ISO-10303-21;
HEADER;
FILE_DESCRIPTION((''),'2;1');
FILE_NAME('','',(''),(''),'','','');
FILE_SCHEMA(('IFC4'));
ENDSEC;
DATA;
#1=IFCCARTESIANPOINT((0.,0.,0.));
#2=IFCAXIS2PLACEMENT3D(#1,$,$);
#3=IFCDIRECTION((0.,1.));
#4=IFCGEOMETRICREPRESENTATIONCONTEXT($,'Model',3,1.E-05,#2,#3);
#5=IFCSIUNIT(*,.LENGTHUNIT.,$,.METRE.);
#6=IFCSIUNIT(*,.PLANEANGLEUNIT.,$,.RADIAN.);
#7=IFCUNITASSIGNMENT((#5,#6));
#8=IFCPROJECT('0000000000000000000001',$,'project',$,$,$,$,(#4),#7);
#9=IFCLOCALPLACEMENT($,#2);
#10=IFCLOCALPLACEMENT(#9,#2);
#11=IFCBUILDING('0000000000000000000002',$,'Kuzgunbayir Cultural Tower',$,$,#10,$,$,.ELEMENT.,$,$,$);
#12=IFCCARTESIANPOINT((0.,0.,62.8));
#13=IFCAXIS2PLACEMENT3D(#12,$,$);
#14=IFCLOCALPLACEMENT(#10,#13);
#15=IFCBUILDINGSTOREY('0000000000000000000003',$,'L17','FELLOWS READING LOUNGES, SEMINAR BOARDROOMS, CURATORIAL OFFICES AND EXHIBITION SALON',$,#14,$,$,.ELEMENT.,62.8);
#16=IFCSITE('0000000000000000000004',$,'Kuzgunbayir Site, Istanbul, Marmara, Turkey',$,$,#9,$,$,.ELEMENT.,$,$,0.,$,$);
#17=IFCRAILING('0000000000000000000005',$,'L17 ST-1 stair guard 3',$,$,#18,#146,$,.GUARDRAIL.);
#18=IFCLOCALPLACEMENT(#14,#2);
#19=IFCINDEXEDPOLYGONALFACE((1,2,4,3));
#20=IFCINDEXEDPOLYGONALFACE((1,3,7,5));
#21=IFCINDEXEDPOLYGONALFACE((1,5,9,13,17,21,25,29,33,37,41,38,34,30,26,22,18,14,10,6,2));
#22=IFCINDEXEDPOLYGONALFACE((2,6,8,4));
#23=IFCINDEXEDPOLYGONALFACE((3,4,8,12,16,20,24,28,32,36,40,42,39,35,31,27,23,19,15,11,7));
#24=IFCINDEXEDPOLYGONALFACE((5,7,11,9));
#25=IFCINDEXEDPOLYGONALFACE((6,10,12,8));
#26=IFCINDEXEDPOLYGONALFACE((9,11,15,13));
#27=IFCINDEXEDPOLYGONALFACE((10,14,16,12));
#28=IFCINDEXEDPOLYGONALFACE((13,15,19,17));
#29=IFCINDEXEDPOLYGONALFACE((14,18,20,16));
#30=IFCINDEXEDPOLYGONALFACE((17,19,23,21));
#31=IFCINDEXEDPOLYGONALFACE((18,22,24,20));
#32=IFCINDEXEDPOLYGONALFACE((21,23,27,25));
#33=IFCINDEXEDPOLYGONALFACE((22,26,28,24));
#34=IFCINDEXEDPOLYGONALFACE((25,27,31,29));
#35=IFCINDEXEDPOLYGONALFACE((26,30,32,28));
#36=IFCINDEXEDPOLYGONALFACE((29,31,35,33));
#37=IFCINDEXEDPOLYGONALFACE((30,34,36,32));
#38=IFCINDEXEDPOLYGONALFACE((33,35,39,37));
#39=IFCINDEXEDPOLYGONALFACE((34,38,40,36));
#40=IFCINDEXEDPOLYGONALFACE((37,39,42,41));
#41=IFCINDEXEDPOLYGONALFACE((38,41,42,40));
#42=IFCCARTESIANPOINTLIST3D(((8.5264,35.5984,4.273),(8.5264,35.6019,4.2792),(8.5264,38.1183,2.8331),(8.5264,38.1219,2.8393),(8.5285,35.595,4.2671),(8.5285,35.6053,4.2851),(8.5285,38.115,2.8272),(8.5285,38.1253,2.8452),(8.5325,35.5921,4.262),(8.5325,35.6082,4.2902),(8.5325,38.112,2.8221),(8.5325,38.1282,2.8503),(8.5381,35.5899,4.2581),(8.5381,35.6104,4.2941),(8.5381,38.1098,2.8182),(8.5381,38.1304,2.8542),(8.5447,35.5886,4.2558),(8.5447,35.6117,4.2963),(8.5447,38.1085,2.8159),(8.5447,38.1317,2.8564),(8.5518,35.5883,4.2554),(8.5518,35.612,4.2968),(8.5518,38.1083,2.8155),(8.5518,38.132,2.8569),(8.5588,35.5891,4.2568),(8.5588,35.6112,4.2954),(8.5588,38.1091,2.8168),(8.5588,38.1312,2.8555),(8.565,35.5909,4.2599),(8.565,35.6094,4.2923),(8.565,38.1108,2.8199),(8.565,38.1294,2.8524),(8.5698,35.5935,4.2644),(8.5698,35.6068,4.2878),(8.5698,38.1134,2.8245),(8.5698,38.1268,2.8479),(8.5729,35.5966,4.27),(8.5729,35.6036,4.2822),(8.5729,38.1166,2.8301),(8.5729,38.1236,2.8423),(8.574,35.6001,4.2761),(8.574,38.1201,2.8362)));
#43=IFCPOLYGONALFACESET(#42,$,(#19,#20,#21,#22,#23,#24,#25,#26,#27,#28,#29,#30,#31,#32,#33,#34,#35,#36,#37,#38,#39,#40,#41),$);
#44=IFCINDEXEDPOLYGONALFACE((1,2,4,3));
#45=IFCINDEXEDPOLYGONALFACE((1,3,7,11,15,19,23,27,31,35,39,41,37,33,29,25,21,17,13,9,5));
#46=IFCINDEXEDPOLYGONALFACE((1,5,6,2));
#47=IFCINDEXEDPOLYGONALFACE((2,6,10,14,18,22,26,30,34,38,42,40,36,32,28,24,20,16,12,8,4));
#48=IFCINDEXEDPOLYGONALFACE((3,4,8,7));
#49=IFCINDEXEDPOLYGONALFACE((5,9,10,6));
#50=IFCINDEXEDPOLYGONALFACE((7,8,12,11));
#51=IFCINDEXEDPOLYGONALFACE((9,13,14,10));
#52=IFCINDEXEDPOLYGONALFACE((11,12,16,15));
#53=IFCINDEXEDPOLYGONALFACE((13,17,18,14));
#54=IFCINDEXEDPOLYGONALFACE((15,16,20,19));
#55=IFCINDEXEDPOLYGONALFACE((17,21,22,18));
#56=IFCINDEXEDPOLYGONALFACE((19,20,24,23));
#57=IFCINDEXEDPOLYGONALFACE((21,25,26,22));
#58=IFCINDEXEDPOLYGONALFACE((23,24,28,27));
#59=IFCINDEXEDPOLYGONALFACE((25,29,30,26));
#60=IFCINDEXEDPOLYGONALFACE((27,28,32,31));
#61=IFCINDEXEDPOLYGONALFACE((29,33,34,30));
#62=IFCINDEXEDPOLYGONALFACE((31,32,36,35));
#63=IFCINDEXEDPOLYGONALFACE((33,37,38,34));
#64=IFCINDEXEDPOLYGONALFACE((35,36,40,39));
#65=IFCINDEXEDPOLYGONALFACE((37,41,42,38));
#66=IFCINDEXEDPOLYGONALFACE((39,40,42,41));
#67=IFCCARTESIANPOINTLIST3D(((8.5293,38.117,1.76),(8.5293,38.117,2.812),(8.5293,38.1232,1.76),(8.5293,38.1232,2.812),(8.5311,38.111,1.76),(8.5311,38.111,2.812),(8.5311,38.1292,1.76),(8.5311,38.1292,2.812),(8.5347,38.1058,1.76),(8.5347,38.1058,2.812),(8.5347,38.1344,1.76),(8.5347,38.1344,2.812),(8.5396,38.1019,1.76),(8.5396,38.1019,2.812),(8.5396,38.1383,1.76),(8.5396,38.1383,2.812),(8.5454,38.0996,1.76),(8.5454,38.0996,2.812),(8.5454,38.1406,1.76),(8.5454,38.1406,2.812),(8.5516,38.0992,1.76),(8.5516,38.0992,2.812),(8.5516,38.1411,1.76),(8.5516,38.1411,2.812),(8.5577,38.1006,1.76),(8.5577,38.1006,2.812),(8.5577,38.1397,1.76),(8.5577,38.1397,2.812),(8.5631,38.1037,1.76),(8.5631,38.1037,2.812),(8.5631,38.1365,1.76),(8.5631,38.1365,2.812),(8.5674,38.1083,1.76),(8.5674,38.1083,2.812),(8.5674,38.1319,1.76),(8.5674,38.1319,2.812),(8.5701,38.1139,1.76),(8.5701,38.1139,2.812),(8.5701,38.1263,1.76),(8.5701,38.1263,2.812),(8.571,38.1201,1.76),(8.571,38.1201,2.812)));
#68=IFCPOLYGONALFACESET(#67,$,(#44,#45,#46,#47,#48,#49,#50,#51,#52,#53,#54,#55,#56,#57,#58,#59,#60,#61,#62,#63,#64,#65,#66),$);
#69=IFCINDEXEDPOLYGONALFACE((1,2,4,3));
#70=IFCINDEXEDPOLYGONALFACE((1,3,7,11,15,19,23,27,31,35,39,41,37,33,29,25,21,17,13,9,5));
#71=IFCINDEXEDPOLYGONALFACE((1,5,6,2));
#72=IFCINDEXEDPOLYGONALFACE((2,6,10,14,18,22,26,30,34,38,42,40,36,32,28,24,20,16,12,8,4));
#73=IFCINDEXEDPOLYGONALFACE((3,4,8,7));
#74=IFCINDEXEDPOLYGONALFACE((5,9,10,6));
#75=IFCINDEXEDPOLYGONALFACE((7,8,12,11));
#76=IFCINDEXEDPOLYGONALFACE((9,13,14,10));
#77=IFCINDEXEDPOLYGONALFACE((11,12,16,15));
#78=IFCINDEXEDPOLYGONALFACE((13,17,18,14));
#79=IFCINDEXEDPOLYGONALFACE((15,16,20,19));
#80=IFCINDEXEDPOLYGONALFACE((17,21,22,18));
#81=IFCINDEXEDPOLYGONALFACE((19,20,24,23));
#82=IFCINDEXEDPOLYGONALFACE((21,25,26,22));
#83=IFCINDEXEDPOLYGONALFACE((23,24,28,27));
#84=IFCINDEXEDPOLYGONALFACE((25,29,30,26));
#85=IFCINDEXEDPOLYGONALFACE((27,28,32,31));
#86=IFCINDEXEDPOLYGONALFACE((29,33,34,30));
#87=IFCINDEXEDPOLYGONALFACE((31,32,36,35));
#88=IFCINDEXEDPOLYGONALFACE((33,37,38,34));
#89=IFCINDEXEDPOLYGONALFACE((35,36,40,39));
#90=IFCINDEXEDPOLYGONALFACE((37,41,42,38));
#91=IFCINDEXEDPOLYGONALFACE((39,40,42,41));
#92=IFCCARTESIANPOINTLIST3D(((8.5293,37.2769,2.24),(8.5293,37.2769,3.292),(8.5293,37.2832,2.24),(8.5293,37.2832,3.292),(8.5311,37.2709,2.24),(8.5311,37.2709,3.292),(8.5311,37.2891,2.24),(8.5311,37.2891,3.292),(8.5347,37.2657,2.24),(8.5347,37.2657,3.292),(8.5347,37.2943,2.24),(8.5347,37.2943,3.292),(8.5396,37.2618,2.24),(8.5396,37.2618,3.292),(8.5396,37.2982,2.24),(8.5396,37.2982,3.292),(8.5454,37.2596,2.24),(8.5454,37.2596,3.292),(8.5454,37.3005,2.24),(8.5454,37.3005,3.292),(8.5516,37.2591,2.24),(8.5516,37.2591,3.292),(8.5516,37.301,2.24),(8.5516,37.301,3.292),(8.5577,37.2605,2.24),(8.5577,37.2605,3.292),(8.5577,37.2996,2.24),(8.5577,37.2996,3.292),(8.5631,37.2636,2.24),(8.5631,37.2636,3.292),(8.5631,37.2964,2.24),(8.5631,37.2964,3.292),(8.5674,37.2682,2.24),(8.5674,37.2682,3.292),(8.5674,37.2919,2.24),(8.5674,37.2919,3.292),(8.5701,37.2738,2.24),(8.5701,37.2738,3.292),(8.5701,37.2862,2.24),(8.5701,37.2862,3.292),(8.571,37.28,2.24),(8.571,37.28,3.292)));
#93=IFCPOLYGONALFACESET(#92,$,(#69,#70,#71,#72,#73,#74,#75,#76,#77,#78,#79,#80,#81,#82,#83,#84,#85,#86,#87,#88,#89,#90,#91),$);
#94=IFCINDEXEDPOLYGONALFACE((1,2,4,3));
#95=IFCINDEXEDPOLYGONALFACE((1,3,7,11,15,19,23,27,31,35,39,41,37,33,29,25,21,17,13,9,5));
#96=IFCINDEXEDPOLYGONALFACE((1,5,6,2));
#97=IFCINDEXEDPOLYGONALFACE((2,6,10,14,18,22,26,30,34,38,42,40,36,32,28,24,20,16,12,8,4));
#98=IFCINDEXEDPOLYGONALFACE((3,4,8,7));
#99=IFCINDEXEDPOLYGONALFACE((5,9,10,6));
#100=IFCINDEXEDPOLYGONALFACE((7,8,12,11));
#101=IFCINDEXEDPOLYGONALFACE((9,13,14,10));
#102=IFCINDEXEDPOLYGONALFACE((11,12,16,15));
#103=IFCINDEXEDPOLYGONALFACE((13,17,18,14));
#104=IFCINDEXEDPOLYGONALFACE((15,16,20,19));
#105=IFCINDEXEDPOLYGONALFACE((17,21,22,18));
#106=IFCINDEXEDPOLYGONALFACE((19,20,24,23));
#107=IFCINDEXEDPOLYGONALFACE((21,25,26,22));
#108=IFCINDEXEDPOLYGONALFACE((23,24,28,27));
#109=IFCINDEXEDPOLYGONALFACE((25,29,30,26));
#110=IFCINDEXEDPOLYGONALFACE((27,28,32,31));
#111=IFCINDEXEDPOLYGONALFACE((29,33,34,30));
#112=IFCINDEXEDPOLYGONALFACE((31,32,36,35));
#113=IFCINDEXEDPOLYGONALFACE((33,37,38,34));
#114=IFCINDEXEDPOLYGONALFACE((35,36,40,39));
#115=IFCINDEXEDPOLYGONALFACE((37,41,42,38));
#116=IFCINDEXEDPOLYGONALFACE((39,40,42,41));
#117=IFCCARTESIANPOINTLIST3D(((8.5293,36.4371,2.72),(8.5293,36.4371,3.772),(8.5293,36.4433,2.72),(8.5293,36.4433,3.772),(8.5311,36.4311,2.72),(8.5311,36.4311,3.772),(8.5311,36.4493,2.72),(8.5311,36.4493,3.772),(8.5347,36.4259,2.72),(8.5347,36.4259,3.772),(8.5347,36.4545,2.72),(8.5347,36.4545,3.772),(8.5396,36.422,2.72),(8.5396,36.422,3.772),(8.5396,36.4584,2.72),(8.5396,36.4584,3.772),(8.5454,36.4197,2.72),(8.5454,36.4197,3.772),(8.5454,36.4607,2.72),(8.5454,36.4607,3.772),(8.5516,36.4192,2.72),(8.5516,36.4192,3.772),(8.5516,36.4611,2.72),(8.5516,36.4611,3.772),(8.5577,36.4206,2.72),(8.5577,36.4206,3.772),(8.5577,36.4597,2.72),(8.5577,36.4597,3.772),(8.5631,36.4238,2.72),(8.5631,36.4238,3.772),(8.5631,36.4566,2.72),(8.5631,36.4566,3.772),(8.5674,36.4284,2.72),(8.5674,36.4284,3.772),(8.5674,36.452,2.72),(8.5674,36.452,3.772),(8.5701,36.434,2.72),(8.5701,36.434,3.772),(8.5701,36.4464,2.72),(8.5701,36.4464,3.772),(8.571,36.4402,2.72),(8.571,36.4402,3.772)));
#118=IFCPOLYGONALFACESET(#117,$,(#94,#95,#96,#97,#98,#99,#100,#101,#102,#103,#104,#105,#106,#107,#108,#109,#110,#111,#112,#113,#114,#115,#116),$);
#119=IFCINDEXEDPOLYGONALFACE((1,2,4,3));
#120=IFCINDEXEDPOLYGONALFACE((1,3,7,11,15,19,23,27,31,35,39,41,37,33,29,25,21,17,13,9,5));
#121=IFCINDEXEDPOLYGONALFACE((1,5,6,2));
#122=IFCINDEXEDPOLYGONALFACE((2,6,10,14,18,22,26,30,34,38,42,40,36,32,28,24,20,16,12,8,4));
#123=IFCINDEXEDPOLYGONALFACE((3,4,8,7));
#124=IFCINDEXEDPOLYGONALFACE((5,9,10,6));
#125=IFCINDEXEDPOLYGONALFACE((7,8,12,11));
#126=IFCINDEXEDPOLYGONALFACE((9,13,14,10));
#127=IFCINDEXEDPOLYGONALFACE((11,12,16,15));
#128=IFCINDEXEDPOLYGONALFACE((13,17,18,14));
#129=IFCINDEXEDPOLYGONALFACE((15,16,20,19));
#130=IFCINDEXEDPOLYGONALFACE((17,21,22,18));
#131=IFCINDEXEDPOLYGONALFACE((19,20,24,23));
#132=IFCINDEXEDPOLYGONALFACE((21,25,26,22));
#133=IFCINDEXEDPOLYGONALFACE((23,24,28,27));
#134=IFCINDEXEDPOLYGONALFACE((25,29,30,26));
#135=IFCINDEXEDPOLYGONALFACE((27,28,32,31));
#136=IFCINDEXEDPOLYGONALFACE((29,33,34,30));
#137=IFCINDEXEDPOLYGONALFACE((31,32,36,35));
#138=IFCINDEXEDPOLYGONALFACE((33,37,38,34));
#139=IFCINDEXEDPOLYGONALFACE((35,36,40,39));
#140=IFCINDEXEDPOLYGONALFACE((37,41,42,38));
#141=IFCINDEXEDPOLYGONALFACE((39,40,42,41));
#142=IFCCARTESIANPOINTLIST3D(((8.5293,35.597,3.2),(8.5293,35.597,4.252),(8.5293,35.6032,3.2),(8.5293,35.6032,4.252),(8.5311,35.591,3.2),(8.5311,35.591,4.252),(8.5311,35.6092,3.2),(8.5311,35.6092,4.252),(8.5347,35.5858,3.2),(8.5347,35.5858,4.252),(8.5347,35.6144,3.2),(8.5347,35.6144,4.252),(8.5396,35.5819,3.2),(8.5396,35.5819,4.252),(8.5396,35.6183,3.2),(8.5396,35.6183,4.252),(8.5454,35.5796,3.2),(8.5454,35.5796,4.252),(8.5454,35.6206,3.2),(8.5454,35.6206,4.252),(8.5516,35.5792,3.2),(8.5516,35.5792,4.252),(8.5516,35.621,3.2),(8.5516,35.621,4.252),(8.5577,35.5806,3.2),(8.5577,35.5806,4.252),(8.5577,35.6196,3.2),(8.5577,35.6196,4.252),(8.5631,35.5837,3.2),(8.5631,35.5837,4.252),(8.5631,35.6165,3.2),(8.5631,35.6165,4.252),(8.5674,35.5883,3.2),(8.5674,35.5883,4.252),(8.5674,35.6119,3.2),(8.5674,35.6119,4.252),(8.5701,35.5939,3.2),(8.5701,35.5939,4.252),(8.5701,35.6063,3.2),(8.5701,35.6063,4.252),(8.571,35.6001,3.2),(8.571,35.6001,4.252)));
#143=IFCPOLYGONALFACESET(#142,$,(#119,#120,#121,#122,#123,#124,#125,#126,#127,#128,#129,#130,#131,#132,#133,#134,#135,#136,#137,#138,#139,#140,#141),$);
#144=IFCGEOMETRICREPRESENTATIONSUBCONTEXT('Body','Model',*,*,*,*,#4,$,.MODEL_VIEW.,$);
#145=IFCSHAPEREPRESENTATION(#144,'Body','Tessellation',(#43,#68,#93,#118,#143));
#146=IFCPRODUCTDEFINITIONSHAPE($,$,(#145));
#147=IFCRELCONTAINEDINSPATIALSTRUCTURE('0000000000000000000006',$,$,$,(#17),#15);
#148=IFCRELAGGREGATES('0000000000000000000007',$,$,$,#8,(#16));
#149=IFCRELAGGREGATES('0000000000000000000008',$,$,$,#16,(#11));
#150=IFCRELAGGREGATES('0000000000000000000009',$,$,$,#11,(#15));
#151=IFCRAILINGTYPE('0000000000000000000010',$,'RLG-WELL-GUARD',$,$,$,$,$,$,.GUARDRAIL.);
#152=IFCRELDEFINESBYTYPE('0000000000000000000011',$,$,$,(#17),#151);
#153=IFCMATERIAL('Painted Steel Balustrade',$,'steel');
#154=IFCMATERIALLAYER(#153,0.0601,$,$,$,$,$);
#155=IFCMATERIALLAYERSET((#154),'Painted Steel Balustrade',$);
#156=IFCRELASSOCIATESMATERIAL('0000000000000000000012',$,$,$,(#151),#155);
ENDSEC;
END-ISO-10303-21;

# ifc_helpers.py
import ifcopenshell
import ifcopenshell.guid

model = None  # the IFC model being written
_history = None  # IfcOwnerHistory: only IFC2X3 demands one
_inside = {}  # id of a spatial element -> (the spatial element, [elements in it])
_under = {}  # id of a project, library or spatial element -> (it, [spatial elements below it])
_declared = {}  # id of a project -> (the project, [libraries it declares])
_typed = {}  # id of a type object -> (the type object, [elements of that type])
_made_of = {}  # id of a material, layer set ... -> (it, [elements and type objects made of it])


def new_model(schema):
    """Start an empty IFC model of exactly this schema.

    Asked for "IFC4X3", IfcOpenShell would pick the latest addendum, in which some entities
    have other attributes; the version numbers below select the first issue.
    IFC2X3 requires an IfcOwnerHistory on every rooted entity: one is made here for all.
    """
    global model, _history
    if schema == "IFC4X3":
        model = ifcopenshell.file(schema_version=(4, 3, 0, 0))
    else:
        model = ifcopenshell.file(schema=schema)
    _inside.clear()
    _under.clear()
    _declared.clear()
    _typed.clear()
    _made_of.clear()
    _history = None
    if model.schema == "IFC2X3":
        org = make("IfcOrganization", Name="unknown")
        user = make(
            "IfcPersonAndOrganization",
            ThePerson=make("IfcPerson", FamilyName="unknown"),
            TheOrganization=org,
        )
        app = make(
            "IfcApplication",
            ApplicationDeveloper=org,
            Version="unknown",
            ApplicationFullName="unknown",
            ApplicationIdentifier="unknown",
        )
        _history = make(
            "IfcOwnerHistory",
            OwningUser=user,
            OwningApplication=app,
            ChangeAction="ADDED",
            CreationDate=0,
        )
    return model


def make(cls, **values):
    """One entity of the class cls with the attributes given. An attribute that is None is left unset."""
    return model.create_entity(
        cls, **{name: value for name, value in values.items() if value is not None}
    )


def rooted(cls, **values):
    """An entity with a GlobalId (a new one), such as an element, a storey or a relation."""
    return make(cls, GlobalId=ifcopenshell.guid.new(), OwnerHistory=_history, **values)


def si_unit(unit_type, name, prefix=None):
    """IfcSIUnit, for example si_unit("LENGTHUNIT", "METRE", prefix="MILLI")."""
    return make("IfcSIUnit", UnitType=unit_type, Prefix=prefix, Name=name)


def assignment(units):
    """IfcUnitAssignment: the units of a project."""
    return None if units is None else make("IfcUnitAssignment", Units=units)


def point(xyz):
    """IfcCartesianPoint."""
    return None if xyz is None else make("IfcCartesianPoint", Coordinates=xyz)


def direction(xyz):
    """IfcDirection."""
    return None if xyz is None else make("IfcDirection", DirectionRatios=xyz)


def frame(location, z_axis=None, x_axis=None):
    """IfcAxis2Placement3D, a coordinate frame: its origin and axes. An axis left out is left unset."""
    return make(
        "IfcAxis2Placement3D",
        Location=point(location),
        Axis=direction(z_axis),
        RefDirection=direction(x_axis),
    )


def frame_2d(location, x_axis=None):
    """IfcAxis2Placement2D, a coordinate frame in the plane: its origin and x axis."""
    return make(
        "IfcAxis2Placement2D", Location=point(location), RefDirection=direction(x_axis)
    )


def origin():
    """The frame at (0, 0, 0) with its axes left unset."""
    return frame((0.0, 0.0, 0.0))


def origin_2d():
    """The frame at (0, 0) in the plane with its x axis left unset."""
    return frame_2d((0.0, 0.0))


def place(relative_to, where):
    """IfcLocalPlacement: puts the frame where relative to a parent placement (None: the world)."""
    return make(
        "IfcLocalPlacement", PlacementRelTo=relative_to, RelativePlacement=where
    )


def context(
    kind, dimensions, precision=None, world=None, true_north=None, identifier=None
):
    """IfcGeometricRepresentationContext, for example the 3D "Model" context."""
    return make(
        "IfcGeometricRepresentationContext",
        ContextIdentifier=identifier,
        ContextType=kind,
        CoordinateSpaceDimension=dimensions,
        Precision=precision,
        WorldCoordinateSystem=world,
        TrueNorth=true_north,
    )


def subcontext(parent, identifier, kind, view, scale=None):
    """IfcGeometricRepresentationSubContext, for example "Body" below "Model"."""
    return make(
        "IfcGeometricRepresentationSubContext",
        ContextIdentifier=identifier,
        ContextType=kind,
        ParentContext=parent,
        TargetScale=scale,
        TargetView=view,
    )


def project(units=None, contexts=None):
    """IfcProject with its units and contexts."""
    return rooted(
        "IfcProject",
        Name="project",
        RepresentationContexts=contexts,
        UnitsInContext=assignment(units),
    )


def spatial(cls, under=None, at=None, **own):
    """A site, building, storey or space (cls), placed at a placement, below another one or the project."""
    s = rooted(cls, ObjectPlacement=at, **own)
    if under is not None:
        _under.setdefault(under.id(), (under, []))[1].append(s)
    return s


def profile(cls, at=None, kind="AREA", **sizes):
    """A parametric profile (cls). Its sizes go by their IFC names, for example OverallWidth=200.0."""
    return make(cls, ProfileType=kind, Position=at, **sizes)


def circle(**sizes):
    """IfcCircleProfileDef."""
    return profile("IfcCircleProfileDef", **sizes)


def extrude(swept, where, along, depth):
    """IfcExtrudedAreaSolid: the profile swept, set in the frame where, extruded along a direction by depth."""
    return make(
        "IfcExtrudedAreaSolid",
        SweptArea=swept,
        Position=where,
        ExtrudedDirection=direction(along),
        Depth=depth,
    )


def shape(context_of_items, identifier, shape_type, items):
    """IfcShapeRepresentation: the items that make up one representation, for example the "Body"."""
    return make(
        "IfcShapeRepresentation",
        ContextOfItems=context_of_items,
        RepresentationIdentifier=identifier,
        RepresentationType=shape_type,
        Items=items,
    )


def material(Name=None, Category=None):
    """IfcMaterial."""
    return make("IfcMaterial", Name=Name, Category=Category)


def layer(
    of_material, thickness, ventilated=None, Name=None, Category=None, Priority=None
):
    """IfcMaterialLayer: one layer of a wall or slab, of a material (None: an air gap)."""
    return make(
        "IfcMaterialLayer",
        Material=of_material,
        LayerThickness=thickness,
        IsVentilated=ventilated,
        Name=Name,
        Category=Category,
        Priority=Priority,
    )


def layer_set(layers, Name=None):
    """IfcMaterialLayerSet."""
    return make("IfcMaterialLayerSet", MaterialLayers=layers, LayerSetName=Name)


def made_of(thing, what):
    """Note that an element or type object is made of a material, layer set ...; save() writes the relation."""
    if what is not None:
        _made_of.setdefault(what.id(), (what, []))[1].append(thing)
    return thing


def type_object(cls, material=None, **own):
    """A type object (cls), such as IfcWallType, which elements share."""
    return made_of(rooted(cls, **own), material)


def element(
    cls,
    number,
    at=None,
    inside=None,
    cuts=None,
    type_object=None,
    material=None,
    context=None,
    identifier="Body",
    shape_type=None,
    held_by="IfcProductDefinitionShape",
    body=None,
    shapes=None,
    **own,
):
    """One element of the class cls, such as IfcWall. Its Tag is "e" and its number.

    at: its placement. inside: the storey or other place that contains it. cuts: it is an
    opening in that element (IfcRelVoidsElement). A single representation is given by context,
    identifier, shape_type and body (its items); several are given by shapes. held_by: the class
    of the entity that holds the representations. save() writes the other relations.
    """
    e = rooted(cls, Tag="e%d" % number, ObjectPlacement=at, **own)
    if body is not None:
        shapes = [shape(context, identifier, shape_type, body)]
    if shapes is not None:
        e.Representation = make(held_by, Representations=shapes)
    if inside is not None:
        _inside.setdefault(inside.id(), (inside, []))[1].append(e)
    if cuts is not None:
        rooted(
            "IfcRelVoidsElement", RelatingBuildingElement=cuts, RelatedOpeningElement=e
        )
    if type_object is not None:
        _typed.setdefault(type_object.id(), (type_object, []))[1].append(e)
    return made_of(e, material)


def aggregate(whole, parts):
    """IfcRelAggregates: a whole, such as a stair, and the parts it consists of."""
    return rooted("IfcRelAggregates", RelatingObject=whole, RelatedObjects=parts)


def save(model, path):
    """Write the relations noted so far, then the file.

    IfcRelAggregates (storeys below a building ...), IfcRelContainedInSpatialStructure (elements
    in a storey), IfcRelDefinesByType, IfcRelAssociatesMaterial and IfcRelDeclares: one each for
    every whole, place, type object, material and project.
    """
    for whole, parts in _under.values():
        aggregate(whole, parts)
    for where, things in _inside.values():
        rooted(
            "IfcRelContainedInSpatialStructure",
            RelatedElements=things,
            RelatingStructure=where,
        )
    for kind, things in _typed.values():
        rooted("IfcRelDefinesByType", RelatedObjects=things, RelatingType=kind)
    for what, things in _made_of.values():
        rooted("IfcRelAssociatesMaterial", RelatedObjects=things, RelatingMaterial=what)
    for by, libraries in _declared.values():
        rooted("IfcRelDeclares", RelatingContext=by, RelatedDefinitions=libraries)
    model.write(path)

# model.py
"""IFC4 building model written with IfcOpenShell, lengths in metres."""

from ifc_helpers import new_model, si_unit, direction, frame, origin, origin_2d, place, context, subcontext, project, spatial, circle, extrude, material, layer, layer_set, type_object, element, save


model = new_model("IFC4")

# Units and contexts
model_context = context("Model", 3, precision=1e-05, world=origin(), true_north=direction((0.0, 1.0)))
body_context = subcontext(model_context, "Body", "Model", "MODEL_VIEW")
ifc_project = project(units=[si_unit("LENGTHUNIT", "METRE"), si_unit("PLANEANGLEUNIT", "RADIAN")], contexts=[model_context])

# Site, building, storey
site_placement = place(None, origin())
site = spatial("IfcSite", under=ifc_project, at=site_placement, Name="Kuzgunbayir Site, Istanbul, Marmara, Turkey", CompositionType="ELEMENT", RefElevation=0.0)
building_placement = place(site_placement, origin())
building = spatial("IfcBuilding", under=site, at=building_placement, Name="Kuzgunbayir Cultural Tower", CompositionType="ELEMENT")
storey_placement = place(building_placement, frame((0.0, 0.0, 62.8)))
storey = spatial("IfcBuildingStorey", under=building, at=storey_placement, Name="L17", Description="FELLOWS READING LOUNGES, SEMINAR BOARDROOMS, CURATORIAL OFFICES AND EXHIBITION SALON", CompositionType="ELEMENT", Elevation=62.8)

# Railing
ifc_material_1 = material(Name="Painted Steel Balustrade", Category="steel")
ifc_layer_1 = layer(ifc_material_1, 0.0601)
ifc_layer_set_1 = layer_set([ifc_layer_1], Name="Painted Steel Balustrade")
railing_type_1 = type_object("IfcRailingType", Name="RLG-WELL-GUARD", PredefinedType="GUARDRAIL", material=ifc_layer_set_1)
railing_1_placement = place(storey_placement, frame((8.55, 38.1201, 1.76)))
element("IfcRailing", 1, at=railing_1_placement, inside=storey, type_object=railing_type_1, Name="L17 ST-1 stair guard 3", PredefinedType="GUARDRAIL", context=body_context, shape_type="SweptSolid", body=[
    extrude(circle(Radius=0.0239, at=origin_2d()), frame((0.0, 0.0, 1.0762), z_axis=(0.0, -0.868253, 0.496121), x_axis=(1.0, 0.0, 0.0)), (0.0, 0.0, 1.0), 2.9023),
    extrude(circle(Radius=0.021, at=origin_2d()), origin(), (0.0, 0.0, 1.0), 1.052),
    extrude(circle(Radius=0.021, at=origin_2d()), frame((0.0, -0.8401, 0.48)), (0.0, 0.0, 1.0), 1.052),
    extrude(circle(Radius=0.021, at=origin_2d()), frame((0.0, -1.6799, 0.96)), (0.0, 0.0, 1.0), 1.052),
    extrude(circle(Radius=0.021, at=origin_2d()), frame((0.0, -2.52, 1.4399)), (0.0, 0.0, 1.0), 1.052),
])

save(model, "model.ifc")
